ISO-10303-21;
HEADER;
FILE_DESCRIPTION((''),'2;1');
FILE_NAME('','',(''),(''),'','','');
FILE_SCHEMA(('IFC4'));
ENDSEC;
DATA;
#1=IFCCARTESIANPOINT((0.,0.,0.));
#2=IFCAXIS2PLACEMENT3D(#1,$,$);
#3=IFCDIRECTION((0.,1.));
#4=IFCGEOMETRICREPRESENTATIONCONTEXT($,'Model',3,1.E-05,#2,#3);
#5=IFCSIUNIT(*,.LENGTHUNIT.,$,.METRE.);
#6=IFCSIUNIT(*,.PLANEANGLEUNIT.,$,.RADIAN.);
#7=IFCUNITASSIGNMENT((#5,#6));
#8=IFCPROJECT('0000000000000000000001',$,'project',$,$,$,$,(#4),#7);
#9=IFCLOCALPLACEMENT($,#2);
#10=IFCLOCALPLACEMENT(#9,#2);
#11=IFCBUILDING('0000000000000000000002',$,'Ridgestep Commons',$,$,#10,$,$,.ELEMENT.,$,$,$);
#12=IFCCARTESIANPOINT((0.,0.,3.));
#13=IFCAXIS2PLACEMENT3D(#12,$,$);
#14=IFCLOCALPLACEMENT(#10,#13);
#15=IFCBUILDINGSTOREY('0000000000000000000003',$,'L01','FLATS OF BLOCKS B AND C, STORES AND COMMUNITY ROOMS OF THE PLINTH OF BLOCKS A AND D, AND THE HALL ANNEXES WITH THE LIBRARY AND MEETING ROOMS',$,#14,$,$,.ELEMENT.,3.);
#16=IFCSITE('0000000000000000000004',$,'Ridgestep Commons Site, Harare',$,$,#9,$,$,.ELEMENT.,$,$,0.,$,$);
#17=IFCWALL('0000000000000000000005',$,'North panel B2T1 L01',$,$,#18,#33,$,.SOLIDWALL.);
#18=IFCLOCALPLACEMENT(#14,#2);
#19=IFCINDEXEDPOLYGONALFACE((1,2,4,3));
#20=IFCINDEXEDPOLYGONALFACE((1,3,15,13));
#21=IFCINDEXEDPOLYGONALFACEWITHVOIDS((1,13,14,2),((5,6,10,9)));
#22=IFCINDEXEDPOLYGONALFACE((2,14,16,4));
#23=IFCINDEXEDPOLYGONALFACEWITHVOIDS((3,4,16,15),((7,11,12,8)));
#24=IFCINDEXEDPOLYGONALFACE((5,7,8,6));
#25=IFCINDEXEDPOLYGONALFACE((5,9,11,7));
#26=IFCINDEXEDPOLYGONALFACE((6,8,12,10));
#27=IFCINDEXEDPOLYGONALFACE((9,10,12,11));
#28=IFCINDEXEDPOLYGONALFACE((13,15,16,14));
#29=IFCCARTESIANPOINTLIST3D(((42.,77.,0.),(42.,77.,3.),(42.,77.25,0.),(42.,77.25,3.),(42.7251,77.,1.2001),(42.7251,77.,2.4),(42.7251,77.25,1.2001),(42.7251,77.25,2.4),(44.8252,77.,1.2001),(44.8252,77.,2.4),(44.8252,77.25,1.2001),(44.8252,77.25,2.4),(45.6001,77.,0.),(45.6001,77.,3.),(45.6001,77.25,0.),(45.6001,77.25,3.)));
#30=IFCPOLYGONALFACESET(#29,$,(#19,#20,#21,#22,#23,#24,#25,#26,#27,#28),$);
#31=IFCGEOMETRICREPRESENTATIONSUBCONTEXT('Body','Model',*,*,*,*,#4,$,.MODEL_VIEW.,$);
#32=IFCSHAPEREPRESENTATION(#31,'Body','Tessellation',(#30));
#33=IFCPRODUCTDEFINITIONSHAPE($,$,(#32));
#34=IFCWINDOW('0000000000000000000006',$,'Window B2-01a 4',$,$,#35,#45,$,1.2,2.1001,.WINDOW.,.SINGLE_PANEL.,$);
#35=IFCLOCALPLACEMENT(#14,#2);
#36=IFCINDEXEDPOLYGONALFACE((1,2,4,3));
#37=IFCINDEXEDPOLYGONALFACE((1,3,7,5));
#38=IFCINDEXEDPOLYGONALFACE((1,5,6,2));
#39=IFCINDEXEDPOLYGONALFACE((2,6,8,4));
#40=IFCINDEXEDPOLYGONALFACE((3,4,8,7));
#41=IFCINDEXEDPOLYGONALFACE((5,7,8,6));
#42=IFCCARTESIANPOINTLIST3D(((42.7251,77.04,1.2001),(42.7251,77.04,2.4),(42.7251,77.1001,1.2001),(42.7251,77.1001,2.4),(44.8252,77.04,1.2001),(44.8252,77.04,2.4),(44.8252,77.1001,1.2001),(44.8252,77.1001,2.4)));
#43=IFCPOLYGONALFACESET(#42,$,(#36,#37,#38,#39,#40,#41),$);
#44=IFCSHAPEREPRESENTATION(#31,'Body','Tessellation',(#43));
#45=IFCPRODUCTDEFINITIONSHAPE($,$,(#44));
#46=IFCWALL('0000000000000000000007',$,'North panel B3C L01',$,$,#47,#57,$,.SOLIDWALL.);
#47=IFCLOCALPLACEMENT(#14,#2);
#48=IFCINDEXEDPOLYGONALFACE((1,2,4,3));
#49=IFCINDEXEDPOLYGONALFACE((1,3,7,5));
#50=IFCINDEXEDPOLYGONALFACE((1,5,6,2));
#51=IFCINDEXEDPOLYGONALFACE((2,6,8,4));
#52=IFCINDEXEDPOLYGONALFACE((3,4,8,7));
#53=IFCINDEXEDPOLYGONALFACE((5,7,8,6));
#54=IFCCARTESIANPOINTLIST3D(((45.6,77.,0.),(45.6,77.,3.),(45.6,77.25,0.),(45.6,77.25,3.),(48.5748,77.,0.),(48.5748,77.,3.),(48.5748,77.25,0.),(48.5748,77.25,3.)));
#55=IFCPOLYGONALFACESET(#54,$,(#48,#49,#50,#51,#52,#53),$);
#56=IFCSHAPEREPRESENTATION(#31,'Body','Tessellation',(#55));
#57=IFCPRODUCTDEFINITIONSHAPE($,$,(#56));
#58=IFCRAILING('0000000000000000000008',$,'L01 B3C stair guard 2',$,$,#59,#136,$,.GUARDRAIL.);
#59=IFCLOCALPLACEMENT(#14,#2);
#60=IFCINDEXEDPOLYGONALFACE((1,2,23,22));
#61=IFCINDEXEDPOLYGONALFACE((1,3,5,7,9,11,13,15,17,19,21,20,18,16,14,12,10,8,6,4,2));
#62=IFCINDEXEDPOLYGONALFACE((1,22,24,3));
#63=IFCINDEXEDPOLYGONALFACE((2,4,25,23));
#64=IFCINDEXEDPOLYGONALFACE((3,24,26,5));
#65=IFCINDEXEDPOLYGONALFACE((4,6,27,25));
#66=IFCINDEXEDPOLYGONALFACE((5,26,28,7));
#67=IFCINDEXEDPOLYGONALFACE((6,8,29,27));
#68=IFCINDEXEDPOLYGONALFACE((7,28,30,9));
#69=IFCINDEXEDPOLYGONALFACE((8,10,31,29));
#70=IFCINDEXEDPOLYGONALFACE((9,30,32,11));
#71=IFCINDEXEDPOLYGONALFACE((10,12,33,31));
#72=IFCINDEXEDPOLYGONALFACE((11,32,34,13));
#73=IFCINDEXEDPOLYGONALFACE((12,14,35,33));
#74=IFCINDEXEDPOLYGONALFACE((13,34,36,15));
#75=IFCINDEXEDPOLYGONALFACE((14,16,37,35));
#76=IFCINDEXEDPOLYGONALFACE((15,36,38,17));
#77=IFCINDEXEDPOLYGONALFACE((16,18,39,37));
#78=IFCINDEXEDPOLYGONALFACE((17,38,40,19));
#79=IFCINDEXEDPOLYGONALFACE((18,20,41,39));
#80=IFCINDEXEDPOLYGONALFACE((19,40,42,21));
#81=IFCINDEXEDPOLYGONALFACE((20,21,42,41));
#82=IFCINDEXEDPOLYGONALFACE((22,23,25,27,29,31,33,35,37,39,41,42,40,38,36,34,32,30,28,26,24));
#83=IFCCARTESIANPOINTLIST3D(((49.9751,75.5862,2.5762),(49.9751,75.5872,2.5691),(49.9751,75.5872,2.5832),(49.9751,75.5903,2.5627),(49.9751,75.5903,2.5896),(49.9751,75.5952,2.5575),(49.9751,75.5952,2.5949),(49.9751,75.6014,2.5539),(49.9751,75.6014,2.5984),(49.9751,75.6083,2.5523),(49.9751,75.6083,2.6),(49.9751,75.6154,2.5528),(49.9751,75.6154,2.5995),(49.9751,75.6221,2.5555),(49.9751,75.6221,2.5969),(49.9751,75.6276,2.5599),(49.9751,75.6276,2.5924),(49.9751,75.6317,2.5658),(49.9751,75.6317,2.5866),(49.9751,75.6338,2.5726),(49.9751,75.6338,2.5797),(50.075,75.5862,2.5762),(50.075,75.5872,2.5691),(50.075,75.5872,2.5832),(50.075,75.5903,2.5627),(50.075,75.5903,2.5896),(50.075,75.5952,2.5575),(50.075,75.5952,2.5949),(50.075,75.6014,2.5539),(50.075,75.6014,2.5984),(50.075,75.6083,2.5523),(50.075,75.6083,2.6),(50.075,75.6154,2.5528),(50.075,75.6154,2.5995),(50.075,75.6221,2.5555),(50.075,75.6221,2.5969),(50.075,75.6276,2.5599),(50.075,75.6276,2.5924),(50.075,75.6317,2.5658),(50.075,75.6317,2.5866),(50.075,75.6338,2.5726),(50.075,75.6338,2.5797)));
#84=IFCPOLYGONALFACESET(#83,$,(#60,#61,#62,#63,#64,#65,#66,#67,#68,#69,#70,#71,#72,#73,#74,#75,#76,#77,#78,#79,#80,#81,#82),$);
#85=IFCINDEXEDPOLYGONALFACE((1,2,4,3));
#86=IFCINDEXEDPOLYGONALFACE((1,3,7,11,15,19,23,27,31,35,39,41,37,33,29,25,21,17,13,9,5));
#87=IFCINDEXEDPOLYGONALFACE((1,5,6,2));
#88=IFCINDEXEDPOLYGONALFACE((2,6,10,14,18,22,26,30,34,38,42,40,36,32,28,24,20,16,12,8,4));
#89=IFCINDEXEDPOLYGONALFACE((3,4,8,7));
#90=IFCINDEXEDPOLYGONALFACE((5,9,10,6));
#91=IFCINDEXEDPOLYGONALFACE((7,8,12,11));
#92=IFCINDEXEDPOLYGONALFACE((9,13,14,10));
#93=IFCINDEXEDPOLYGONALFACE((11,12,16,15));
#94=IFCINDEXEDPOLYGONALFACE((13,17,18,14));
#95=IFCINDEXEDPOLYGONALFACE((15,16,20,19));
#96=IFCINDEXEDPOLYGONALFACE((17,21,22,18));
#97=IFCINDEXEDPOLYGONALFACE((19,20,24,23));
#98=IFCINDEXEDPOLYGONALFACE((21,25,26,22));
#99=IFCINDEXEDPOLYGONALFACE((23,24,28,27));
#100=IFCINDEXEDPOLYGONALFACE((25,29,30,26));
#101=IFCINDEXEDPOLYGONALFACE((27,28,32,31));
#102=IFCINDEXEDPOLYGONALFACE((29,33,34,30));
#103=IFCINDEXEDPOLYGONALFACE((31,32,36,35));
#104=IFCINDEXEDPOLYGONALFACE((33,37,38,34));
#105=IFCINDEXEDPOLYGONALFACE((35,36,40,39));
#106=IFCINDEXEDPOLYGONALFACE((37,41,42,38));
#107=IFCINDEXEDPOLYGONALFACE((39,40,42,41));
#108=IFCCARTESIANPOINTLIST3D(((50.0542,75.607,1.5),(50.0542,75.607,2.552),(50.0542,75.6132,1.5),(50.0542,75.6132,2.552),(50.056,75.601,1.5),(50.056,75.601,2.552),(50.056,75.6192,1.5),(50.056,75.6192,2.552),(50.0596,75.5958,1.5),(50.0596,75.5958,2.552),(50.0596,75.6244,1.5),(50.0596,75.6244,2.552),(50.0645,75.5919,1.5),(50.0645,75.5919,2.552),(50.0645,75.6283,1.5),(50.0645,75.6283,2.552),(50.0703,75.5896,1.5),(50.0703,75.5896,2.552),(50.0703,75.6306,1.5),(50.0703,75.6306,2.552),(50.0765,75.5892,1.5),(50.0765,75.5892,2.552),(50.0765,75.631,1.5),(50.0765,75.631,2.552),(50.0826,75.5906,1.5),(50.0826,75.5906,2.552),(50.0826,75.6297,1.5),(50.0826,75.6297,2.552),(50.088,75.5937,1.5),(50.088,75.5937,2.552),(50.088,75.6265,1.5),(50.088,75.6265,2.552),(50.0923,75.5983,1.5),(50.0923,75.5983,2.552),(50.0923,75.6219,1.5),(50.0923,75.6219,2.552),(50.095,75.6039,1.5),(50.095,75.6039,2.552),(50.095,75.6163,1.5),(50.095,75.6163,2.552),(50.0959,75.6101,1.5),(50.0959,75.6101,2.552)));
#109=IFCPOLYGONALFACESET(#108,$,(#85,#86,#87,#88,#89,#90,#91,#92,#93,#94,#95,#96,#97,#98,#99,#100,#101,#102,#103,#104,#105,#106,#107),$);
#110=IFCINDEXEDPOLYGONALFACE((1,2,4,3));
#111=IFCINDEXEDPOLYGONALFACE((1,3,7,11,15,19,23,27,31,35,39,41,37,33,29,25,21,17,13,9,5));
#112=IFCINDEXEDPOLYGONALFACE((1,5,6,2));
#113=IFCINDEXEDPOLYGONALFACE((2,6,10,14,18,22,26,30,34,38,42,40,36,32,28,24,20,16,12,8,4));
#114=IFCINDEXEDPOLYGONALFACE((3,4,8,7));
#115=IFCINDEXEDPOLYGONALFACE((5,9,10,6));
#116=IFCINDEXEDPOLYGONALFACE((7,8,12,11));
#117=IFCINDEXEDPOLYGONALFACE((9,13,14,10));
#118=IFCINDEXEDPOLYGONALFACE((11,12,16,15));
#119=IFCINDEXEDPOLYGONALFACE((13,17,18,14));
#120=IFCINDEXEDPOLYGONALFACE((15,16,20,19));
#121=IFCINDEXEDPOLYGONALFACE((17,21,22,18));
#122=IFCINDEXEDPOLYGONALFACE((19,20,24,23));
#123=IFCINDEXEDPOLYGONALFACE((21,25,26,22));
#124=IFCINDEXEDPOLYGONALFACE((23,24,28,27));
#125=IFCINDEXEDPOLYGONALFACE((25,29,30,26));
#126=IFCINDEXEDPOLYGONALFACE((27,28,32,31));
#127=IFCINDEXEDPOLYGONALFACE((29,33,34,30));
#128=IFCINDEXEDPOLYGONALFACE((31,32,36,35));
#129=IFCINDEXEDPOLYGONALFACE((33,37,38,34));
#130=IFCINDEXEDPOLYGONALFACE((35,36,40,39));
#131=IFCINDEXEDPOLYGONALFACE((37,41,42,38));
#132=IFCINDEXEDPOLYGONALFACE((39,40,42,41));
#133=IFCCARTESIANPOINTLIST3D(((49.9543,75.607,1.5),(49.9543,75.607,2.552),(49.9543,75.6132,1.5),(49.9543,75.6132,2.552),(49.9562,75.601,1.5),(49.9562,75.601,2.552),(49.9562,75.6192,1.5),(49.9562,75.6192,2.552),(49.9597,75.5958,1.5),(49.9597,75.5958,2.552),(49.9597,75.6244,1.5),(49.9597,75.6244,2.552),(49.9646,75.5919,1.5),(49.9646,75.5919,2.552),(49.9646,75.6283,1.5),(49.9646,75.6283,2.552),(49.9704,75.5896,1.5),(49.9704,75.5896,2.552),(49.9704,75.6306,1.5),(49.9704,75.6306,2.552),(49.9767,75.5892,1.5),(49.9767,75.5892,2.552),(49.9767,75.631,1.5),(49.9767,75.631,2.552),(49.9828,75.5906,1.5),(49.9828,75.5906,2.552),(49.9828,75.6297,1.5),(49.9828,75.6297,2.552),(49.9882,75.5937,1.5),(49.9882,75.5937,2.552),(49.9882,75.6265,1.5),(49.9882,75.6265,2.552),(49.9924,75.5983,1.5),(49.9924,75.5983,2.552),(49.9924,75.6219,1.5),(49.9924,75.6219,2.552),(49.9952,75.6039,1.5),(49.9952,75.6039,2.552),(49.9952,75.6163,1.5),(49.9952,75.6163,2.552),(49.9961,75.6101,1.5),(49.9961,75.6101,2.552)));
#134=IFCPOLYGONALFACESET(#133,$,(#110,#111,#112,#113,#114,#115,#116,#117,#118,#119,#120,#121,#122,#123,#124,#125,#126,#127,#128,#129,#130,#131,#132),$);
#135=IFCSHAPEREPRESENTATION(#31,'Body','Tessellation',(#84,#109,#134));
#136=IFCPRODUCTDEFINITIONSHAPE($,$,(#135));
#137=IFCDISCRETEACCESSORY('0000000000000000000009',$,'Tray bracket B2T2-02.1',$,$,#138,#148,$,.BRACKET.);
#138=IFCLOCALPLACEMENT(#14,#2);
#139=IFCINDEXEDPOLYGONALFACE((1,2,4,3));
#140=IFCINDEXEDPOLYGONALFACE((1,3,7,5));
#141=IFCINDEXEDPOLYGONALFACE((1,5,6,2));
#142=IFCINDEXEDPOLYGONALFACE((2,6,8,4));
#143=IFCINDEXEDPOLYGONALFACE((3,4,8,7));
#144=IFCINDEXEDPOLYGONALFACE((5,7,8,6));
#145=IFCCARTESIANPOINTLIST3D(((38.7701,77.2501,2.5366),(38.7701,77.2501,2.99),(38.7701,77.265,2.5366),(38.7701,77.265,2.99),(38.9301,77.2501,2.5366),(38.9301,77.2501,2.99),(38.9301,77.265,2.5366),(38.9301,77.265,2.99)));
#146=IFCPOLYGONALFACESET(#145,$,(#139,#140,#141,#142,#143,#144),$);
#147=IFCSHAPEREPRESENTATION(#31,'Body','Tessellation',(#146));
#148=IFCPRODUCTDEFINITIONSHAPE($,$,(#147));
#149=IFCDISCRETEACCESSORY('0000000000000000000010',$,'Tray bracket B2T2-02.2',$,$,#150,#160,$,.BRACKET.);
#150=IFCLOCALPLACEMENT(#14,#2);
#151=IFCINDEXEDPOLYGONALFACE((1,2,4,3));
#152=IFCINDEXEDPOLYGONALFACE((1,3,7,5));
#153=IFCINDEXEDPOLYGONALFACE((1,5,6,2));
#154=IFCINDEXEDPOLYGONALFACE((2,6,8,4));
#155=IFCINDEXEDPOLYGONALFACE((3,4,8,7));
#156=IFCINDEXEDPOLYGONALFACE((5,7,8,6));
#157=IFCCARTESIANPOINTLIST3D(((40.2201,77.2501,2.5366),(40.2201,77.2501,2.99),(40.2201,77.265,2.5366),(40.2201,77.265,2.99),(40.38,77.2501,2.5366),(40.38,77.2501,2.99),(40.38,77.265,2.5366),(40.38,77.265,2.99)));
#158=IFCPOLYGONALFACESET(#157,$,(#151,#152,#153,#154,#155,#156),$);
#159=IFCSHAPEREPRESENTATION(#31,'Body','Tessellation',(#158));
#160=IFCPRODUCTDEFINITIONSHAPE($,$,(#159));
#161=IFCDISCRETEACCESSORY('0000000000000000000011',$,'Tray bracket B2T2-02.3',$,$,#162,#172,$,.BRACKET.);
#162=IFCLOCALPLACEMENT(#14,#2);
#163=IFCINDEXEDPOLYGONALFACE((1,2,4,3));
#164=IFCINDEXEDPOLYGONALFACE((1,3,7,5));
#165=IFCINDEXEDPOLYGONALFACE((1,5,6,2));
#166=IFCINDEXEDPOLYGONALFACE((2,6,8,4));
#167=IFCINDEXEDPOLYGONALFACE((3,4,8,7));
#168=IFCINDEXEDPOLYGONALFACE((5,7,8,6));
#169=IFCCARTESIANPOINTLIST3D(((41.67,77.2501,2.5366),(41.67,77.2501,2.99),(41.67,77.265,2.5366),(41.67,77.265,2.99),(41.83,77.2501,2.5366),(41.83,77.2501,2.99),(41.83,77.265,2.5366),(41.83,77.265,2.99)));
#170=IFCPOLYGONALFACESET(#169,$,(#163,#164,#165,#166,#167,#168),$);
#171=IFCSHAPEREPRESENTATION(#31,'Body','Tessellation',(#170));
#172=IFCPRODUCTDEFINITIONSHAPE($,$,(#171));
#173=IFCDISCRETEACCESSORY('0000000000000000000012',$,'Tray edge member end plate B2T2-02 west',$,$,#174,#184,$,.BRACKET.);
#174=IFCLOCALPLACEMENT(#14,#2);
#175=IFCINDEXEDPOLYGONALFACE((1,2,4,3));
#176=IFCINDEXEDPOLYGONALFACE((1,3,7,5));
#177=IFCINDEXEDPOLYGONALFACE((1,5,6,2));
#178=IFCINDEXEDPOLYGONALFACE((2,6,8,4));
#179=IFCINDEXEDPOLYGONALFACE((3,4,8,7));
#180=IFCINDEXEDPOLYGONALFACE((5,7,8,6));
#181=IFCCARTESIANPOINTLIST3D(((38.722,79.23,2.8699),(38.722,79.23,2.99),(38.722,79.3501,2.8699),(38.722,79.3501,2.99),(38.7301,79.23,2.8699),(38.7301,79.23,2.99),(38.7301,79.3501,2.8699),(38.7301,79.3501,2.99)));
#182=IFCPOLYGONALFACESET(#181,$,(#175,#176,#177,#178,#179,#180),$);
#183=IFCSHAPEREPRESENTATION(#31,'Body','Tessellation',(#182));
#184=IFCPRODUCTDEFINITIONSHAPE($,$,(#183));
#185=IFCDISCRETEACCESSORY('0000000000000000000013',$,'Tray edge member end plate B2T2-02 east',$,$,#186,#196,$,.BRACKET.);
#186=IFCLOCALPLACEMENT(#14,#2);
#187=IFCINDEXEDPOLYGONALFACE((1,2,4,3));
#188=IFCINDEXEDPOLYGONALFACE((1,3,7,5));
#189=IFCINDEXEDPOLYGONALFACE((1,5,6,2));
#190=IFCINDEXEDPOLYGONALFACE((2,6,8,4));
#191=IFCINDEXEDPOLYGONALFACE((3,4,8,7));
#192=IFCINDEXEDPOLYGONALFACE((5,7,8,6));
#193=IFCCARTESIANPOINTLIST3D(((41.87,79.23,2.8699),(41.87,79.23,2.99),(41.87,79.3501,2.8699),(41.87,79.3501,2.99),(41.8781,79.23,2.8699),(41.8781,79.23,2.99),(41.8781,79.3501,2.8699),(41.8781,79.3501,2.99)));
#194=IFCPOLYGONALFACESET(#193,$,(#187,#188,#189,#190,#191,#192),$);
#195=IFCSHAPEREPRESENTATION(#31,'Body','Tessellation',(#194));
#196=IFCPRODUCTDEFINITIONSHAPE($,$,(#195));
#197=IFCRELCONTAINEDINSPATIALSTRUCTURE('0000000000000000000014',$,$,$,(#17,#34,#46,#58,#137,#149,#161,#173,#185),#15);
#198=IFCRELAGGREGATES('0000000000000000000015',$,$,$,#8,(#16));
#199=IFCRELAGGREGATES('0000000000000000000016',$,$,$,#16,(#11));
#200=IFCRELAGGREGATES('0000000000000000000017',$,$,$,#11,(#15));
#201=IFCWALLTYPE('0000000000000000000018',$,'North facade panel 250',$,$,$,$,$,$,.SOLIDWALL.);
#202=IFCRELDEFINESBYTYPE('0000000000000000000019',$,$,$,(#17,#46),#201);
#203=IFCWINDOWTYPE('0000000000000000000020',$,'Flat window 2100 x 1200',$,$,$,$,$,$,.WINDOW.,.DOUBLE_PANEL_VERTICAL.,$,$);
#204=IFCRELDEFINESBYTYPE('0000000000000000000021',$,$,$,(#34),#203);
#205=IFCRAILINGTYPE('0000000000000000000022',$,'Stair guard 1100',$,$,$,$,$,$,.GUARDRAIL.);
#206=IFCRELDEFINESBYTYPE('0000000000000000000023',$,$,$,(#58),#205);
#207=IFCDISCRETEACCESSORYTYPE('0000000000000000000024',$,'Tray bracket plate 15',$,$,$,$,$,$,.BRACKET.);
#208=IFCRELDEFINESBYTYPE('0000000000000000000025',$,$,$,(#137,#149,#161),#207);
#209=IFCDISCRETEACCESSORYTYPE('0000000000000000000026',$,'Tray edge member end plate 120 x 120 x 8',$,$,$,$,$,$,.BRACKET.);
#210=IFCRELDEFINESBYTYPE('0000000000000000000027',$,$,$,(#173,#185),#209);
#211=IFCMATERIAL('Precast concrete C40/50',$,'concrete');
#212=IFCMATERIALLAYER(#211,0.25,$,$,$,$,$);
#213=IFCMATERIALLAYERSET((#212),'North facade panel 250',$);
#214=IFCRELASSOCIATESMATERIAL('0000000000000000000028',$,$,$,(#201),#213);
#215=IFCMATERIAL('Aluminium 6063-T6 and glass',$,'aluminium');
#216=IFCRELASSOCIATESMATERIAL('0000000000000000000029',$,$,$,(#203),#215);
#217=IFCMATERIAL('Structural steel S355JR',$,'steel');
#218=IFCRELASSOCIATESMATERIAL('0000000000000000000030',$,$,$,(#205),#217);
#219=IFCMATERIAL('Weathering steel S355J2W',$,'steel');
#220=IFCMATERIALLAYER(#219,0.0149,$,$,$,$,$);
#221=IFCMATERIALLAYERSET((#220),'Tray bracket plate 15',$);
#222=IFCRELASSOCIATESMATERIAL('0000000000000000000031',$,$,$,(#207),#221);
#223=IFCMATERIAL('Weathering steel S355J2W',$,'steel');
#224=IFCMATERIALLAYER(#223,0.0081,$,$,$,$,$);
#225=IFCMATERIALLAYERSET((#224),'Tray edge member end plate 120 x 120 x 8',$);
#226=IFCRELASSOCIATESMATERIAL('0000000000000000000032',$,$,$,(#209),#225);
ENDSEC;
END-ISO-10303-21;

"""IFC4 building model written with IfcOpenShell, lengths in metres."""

from ifc_helpers import new_model, si_unit, direction, frame, frame_2d, origin, origin_2d, place, context, subcontext, project, spatial, rectangle, circle, extrude, material, layer, layer_set, type_object, element, fill, save


model = new_model("IFC4")

# Units and contexts
model_context = context("Model", 3, precision=1e-05, world=origin(), true_north=direction((0.0, 1.0)))
body_context = subcontext(model_context, "Body", "Model", "MODEL_VIEW")
ifc_project = project(units=[si_unit("LENGTHUNIT", "METRE"), si_unit("PLANEANGLEUNIT", "RADIAN")], contexts=[model_context])

# Site, building, storey
site_placement = place(None, origin())
site = spatial("IfcSite", under=ifc_project, at=site_placement, Name="Ridgestep Commons Site, Harare", CompositionType="ELEMENT", RefElevation=0.0)
building_placement = place(site_placement, origin())
building = spatial("IfcBuilding", under=site, at=building_placement, Name="Ridgestep Commons", CompositionType="ELEMENT")
storey_placement = place(building_placement, frame((0.0, 0.0, 3.0)))
storey = spatial("IfcBuildingStorey", under=building, at=storey_placement, Name="L01", Description="FLATS OF BLOCKS B AND C, STORES AND COMMUNITY ROOMS OF THE PLINTH OF BLOCKS A AND D, AND THE HALL ANNEXES WITH THE LIBRARY AND MEETING ROOMS", CompositionType="ELEMENT", Elevation=3.0)

# Wall, opening, window
ifc_material_1 = material(Name="Precast concrete C40/50", Category="concrete")
ifc_layer_1 = layer(ifc_material_1, 0.25)
ifc_layer_set_1 = layer_set([ifc_layer_1], Name="North facade panel 250")
wall_type = type_object("IfcWallType", Name="North facade panel 250", PredefinedType="SOLIDWALL", material=ifc_layer_set_1)
ifc_material_2 = material(Name="Aluminium 6063-T6 and glass", Category="aluminium")
window_type = type_object("IfcWindowType", Name="Flat window 2100 x 1200", PartitioningType="DOUBLE_PANEL_VERTICAL", PredefinedType="WINDOW", material=ifc_material_2)
wall_1_placement = place(storey_placement, frame((42.0, 77.125, 0.0), z_axis=(0.0, 0.0, 1.0), x_axis=(1.0, 0.0, 0.0)))
wall_1 = element("IfcWall", 1, at=wall_1_placement, inside=storey, type_object=wall_type, Name="North panel B2T1 L01", PredefinedType="SOLIDWALL", context=body_context, shape_type="SweptSolid", body=[
    extrude(rectangle(XDim=3.6001, YDim=0.25, at=frame_2d((1.8, 0.0))), origin(), (0.0, 0.0, 1.0), 3.0),
])
opening_1_placement = place(wall_1_placement, frame((0.7251, 0.0, 1.2)))
opening_1 = element("IfcOpeningElement", 2, at=opening_1_placement, cuts=wall_1, PredefinedType="OPENING", context=body_context, shape_type="SweptSolid", body=[
    extrude(rectangle(XDim=2.1001, YDim=1.2, at=frame_2d((1.05, 0.6001))), frame((0.0, 0.135, 0.0), z_axis=(0.0, -1.0, 0.0), x_axis=(1.0, 0.0, 0.0)), (0.0, 0.0, 1.0), 0.27),
])
window_1_placement = place(opening_1_placement, origin())
window_1 = element("IfcWindow", 3, at=window_1_placement, inside=storey, type_object=window_type, Name="Window B2-01a 4", OverallHeight=1.2, OverallWidth=2.1001, PartitioningType="SINGLE_PANEL", PredefinedType="WINDOW", context=body_context, shape_type="SweptSolid", body=[
    extrude(rectangle(XDim=2.1001, YDim=1.2, at=frame_2d((1.05, 0.6001))), frame((0.0, -0.0249, 0.0), z_axis=(0.0, -1.0, 0.0), x_axis=(1.0, 0.0, 0.0)), (0.0, 0.0, 1.0), 0.0601),
])
fill(opening_1, window_1)

# Wall
wall_2_placement = place(storey_placement, frame((45.6001, 77.125, 0.0), z_axis=(0.0, 0.0, 1.0), x_axis=(1.0, 0.0, 0.0)))
element("IfcWall", 4, at=wall_2_placement, inside=storey, type_object=wall_type, Name="North panel B3C L01", PredefinedType="SOLIDWALL", context=body_context, shape_type="SweptSolid", body=[
    extrude(rectangle(XDim=2.9749, YDim=0.25, at=frame_2d((1.4873, 0.0))), origin(), (0.0, 0.0, 1.0), 3.0),
])

# Railing
ifc_material_3 = material(Name="Structural steel S355JR", Category="steel")
railing_type = type_object("IfcRailingType", Name="Stair guard 1100", PredefinedType="GUARDRAIL", material=ifc_material_3)
railing_placement = place(storey_placement, frame((50.075, 75.6101, 1.5)))
element("IfcRailing", 5, at=railing_placement, inside=storey, type_object=railing_type, Name="L01 B3C stair guard 2", PredefinedType="GUARDRAIL", context=body_context, shape_type="SweptSolid", body=[
    extrude(circle(Radius=0.0239, at=origin_2d()), frame((0.0, 0.0, 1.0762), z_axis=(-1.0, 0.0, 0.0), x_axis=(0.0, -1.0, 0.0)), (0.0, 0.0, 1.0), 0.0999),
    extrude(circle(Radius=0.021, at=origin_2d()), origin(), (0.0, 0.0, 1.0), 1.052),
    extrude(circle(Radius=0.021, at=origin_2d()), frame((-0.0999, 0.0, 0.0)), (0.0, 0.0, 1.0), 1.052),
])

# Discrete accessories
ifc_material_4 = material(Name="Weathering steel S355J2W", Category="steel")
ifc_layer_2 = layer(ifc_material_4, 0.0149)
ifc_layer_set_2 = layer_set([ifc_layer_2], Name="Tray bracket plate 15")
discrete_accessory_type_1 = type_object("IfcDiscreteAccessoryType", Name="Tray bracket plate 15", PredefinedType="BRACKET", material=ifc_layer_set_2)
for number, where, z_axis, x_axis, name in (
    (6, (38.8501, 77.2576, 2.5366), (0.0, 0.0, 1.0), (1.0, 0.0, 0.0), "Tray bracket B2T2-02.1"),
    (7, (40.3, 77.2576, 2.5366), (0.0, 0.0, 1.0), (1.0, 0.0, 0.0), "Tray bracket B2T2-02.2"),
    (8, (41.75, 77.2576, 2.5366), (0.0, 0.0, 1.0), (1.0, 0.0, 0.0), "Tray bracket B2T2-02.3"),
):
    element("IfcDiscreteAccessory", number, at=place(storey_placement, frame(where, z_axis=z_axis, x_axis=x_axis)), inside=storey, type_object=discrete_accessory_type_1, Name=name, PredefinedType="BRACKET", context=body_context, shape_type="SweptSolid", body=[
        extrude(rectangle(XDim=0.1599, YDim=0.0149, at=origin_2d()), origin(), (0.0, 0.0, 1.0), 0.4534),
    ])
ifc_material_5 = material(Name="Weathering steel S355J2W", Category="steel")
ifc_layer_3 = layer(ifc_material_5, 0.0081)
ifc_layer_set_3 = layer_set([ifc_layer_3], Name="Tray edge member end plate 120 x 120 x 8")
discrete_accessory_type_2 = type_object("IfcDiscreteAccessoryType", Name="Tray edge member end plate 120 x 120 x 8", PredefinedType="BRACKET", material=ifc_layer_set_3)
for number, where, z_axis, x_axis, name in (
    (9, (38.7261, 79.29, 2.8699), (0.0, 0.0, 1.0), (1.0, 0.0, 0.0), "Tray edge member end plate B2T2-02 west"),
    (10, (41.874, 79.29, 2.8699), (0.0, 0.0, 1.0), (1.0, 0.0, 0.0), "Tray edge member end plate B2T2-02 east"),
):
    element("IfcDiscreteAccessory", number, at=place(storey_placement, frame(where, z_axis=z_axis, x_axis=x_axis)), inside=storey, type_object=discrete_accessory_type_2, Name=name, PredefinedType="BRACKET", context=body_context, shape_type="SweptSolid", body=[
        extrude(rectangle(XDim=0.0081, YDim=0.1201, at=origin_2d()), origin(), (0.0, 0.0, 1.0), 0.1201),
    ])

save(model, "model.ifc")
